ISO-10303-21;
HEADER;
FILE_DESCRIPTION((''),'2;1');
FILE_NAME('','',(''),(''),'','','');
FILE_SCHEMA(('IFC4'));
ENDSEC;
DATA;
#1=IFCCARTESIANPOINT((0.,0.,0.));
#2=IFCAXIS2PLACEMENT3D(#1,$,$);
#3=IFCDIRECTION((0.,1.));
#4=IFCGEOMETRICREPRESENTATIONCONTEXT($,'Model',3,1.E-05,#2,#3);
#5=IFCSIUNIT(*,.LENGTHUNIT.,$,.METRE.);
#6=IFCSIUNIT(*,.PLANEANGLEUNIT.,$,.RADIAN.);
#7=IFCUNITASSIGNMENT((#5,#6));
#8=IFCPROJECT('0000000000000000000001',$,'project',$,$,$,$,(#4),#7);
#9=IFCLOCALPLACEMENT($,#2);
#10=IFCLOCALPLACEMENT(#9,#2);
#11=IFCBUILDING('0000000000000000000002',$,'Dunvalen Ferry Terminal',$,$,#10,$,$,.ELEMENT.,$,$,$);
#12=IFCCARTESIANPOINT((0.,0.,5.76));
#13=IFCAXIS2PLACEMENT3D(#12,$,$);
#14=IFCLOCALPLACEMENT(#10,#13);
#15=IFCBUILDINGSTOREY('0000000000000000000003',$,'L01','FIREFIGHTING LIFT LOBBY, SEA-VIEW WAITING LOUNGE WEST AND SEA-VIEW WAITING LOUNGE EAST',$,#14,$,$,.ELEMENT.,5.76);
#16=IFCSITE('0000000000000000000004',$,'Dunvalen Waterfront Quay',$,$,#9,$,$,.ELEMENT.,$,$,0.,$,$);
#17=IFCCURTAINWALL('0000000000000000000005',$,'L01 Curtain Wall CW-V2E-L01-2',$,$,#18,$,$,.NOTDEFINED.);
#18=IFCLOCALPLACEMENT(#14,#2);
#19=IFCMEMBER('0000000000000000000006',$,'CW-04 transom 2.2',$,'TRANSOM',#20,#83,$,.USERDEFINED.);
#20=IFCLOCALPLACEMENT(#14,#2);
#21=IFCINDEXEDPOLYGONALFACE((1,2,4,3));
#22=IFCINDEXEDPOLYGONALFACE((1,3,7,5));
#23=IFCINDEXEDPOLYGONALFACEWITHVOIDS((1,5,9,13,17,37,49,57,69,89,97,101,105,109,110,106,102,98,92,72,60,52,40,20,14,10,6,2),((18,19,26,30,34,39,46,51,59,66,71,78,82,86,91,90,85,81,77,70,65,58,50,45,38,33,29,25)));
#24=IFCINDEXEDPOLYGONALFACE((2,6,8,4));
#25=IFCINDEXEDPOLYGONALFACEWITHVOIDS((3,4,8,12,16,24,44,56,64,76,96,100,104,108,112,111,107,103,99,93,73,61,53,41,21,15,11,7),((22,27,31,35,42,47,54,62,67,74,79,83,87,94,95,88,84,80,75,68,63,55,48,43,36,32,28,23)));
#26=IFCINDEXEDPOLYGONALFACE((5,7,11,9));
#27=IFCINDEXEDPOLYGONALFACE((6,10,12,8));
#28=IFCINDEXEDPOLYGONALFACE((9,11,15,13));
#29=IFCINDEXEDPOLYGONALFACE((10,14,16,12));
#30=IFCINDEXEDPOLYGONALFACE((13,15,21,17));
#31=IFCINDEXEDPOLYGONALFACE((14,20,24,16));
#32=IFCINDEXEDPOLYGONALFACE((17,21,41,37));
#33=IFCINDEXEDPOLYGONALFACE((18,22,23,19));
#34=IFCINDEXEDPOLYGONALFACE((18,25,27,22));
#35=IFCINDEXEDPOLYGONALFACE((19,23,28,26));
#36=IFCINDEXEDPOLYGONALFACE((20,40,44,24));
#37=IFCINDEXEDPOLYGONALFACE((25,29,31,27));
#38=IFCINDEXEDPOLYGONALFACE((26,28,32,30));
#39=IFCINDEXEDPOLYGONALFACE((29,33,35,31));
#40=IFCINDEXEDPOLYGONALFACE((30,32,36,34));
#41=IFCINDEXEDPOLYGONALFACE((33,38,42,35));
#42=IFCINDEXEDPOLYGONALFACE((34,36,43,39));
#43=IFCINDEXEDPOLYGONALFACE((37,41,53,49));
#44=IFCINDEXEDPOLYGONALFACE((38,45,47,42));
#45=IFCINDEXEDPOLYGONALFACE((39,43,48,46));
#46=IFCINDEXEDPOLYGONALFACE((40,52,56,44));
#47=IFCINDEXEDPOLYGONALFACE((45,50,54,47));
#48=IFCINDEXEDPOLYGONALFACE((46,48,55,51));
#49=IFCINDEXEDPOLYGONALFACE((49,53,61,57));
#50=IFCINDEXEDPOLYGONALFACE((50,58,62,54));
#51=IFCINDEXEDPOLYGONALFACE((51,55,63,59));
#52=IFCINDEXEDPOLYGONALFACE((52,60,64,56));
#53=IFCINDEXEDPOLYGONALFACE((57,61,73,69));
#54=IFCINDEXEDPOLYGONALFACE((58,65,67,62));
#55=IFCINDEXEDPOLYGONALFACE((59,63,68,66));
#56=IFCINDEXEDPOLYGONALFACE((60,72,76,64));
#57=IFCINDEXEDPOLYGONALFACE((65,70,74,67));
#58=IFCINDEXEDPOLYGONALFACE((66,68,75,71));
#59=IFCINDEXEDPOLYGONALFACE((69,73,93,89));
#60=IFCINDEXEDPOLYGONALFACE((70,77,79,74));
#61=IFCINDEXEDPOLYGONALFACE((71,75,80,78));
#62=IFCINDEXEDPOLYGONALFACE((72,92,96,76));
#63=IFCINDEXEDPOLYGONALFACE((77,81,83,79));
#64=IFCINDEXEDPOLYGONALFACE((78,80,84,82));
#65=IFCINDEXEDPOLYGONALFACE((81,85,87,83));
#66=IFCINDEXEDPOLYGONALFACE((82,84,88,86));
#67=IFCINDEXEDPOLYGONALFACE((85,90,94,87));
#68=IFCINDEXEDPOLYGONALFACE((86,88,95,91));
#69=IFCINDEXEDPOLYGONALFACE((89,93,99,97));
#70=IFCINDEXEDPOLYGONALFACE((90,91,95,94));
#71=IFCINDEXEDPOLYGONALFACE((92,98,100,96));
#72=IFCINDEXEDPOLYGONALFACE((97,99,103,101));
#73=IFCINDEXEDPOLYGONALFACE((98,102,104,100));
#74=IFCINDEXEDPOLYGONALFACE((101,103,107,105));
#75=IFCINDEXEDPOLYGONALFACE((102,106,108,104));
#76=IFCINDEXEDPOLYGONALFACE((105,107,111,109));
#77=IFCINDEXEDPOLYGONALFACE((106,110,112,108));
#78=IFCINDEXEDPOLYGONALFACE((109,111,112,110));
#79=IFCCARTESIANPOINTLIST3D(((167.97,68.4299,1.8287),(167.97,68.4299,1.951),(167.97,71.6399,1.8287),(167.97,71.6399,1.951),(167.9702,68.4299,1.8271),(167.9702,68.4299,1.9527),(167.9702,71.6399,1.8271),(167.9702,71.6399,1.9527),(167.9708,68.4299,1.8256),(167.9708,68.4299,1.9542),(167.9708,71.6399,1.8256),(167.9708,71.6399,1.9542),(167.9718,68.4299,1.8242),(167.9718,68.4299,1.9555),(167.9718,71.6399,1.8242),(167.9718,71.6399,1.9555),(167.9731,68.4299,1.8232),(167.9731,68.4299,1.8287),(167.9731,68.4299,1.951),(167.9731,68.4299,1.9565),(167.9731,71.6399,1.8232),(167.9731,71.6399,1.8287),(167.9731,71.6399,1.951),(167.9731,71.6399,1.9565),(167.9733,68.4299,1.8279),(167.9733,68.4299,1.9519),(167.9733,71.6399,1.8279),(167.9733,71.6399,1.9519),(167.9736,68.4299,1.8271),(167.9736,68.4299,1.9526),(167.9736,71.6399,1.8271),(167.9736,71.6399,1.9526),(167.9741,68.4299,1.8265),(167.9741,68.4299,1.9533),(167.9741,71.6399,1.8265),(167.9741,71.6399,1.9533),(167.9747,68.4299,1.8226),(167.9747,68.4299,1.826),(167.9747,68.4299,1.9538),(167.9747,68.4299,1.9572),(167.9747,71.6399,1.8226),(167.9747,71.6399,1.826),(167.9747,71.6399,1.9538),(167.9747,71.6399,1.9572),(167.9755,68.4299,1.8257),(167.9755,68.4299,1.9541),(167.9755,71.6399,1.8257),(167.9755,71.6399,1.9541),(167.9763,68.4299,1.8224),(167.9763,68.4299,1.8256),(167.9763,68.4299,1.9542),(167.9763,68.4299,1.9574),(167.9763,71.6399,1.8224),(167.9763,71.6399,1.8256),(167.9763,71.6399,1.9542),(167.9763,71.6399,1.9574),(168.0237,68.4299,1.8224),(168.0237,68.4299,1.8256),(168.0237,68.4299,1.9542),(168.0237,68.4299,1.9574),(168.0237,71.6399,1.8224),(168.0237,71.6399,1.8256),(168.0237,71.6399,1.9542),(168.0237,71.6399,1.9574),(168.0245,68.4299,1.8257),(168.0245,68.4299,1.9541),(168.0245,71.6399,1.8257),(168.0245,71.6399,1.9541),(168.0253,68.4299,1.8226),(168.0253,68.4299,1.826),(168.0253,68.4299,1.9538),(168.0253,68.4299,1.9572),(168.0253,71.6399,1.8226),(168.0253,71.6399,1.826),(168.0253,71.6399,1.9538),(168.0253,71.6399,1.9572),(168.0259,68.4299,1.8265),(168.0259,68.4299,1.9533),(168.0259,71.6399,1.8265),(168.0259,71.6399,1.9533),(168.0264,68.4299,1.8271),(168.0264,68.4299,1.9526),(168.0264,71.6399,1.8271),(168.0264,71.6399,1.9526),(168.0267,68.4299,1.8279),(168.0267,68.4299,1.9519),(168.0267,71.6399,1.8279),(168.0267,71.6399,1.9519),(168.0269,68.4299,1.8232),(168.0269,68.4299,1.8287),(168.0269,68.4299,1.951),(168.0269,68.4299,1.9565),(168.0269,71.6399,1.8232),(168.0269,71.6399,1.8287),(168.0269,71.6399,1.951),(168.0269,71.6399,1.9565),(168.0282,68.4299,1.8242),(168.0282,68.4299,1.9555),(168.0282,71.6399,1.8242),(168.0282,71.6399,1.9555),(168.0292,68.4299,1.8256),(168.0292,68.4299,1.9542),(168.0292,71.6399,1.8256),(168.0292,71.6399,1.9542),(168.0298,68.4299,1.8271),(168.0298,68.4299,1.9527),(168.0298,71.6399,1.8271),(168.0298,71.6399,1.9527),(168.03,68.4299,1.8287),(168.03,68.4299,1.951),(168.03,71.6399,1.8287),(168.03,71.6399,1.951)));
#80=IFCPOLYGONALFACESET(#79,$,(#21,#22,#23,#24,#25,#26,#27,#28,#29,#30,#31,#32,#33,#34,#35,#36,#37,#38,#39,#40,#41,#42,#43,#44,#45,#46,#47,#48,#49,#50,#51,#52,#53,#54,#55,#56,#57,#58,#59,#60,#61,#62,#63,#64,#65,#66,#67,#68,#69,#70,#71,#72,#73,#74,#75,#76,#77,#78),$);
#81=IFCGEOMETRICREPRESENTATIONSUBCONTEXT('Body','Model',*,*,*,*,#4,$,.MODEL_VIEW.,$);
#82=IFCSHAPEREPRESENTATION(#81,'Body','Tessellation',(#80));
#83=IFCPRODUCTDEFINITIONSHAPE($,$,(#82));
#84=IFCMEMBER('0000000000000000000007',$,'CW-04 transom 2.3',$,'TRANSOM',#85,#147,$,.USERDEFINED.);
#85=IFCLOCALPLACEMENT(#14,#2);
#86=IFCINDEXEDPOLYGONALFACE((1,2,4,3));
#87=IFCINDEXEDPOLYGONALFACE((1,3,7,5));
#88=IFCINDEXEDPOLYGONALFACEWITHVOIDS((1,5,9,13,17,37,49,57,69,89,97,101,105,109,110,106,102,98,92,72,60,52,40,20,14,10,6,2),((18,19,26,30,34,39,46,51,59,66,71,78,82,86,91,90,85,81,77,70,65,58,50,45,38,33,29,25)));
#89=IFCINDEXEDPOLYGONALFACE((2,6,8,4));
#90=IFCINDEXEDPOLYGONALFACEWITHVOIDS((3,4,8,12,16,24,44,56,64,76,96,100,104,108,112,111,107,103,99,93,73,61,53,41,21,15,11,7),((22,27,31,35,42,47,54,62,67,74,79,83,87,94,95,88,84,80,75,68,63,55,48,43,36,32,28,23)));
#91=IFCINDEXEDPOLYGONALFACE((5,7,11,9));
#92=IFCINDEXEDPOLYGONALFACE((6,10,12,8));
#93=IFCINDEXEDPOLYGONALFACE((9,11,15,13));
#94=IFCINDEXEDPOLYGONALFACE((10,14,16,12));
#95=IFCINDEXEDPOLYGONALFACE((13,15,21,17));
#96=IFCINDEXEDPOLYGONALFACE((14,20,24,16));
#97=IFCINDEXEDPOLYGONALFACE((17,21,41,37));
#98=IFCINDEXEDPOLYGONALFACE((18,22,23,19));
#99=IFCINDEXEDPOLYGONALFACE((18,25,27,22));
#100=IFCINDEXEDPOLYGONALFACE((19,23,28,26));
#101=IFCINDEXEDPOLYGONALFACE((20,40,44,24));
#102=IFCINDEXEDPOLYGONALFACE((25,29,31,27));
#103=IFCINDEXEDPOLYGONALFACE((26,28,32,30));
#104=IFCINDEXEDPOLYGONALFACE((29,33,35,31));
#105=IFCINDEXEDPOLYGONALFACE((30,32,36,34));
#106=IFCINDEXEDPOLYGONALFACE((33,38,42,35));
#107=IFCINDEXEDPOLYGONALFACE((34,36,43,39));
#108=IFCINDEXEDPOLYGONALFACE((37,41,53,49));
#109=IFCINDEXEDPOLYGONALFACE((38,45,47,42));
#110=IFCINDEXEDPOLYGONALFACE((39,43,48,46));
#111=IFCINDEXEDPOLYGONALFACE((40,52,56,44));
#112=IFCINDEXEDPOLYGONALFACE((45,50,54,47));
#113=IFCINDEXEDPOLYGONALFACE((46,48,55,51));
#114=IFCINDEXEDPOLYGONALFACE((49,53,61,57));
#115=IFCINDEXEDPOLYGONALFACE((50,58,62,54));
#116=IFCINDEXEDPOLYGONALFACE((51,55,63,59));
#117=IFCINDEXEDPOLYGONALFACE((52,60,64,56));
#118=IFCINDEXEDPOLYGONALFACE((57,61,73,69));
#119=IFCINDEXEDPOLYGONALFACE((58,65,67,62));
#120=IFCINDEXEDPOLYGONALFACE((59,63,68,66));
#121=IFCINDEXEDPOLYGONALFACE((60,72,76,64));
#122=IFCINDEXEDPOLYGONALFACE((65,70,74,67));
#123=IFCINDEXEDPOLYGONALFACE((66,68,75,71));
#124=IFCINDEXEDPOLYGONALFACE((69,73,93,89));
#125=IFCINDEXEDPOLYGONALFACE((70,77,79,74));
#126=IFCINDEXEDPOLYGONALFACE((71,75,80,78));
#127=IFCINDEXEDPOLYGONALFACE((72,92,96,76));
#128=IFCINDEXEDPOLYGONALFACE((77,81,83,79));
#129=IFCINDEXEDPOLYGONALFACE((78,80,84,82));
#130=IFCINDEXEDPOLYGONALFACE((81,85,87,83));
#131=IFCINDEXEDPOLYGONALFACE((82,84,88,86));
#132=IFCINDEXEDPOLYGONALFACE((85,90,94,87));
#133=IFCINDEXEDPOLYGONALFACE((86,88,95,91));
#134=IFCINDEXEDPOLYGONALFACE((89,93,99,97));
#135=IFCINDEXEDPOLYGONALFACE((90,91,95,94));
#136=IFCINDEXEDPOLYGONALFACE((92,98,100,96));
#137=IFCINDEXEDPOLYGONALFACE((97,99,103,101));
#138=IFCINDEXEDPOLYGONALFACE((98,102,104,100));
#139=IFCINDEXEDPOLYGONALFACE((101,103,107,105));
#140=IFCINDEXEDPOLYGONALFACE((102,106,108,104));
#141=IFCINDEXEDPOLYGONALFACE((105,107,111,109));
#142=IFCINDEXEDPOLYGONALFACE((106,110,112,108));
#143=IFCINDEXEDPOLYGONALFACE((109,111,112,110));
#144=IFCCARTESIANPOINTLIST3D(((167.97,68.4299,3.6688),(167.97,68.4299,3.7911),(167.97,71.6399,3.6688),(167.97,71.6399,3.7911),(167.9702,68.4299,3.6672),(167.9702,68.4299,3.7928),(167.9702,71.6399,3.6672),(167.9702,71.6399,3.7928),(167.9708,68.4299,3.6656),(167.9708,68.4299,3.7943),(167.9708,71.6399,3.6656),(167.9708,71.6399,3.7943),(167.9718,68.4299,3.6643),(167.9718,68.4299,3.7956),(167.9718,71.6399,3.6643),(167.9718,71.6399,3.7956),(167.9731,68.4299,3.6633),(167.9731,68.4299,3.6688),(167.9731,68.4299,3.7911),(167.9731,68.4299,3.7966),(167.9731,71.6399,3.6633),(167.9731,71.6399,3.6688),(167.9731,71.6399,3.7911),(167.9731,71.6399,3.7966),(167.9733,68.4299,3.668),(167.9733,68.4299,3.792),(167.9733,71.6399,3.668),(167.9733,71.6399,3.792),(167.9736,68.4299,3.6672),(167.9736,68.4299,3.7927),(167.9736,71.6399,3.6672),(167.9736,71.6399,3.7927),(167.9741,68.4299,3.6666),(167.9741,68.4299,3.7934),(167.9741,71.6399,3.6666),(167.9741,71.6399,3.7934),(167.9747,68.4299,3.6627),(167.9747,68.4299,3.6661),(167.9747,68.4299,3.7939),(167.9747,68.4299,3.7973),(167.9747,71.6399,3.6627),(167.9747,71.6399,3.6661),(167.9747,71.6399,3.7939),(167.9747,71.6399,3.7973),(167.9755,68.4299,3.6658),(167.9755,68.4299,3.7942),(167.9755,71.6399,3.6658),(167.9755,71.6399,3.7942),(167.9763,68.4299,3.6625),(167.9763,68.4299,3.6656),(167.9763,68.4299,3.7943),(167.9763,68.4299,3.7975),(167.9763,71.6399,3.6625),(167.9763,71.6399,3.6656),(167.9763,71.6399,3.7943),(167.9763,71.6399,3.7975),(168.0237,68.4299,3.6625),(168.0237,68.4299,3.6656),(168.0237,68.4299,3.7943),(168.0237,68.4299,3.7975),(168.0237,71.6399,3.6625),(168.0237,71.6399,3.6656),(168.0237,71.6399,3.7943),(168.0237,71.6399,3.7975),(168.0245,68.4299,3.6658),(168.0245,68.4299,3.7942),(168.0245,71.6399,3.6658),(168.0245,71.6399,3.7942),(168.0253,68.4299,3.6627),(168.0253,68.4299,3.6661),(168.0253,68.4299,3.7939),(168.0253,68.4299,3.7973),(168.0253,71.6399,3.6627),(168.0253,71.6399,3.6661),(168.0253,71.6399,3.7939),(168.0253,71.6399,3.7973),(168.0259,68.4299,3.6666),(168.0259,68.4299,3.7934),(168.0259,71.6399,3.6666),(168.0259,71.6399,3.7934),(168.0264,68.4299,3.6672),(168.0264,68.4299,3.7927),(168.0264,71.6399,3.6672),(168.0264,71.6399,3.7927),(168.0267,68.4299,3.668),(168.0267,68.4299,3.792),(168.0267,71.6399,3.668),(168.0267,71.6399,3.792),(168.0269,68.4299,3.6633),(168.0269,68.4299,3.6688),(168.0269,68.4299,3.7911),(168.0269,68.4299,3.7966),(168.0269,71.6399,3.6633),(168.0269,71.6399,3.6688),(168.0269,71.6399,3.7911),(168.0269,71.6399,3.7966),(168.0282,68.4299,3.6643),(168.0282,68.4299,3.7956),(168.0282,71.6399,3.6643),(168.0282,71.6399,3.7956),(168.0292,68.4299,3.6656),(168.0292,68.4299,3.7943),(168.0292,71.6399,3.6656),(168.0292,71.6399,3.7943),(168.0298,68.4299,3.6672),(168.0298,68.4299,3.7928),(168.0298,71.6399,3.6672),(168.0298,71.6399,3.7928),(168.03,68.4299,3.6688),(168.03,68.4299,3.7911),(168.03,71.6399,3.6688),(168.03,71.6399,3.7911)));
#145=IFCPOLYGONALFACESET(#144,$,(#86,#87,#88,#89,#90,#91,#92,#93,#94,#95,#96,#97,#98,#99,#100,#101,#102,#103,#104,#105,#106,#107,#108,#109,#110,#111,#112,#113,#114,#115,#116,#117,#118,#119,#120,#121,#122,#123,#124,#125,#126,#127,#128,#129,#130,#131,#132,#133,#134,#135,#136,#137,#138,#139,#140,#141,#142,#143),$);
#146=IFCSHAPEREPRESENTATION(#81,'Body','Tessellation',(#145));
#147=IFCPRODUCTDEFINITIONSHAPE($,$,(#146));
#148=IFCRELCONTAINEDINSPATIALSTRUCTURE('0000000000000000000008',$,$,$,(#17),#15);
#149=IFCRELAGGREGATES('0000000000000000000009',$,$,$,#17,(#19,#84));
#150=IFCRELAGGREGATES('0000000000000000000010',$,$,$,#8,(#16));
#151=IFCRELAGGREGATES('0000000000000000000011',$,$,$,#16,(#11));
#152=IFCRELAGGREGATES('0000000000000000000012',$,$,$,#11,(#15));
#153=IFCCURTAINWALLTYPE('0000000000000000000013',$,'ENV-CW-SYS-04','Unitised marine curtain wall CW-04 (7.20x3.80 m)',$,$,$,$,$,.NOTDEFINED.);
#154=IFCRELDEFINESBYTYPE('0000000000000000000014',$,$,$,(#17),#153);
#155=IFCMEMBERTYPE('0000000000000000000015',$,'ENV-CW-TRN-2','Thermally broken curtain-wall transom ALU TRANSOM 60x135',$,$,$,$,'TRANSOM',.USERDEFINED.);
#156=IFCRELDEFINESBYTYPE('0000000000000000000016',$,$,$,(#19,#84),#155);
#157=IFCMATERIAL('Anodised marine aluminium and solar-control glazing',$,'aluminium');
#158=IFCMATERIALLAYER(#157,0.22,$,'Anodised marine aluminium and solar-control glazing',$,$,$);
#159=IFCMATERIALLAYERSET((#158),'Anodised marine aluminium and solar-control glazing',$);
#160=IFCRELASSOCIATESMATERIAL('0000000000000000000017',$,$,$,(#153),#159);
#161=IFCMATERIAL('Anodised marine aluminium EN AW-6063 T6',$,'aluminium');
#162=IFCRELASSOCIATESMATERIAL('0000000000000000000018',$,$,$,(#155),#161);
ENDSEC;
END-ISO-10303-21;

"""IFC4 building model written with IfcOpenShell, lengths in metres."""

from ifc_helpers import new_model, si_unit, direction, frame, origin, origin_2d, place, context, subcontext, project, spatial, hollow_rectangle, extrude, material, layer, layer_set, material_profile, profile_set, type_object, element, aggregate, save


model = new_model("IFC4")

# Units and contexts
model_context = context("Model", 3, precision=1e-05, world=origin(), true_north=direction((0.0, 1.0)))
body_context = subcontext(model_context, "Body", "Model", "MODEL_VIEW")
ifc_project = project(units=[si_unit("LENGTHUNIT", "METRE"), si_unit("PLANEANGLEUNIT", "RADIAN")], contexts=[model_context])

# Site, building, storey
site_placement = place(None, origin())
site = spatial("IfcSite", under=ifc_project, at=site_placement, Name="Dunvalen Waterfront Quay", CompositionType="ELEMENT", RefElevation=0.0)
building_placement = place(site_placement, origin())
building = spatial("IfcBuilding", under=site, at=building_placement, Name="Dunvalen Ferry Terminal", CompositionType="ELEMENT")
storey_placement = place(building_placement, frame((0.0, 0.0, 5.76)))
storey = spatial("IfcBuildingStorey", under=building, at=storey_placement, Name="L01", Description="FIREFIGHTING LIFT LOBBY, SEA-VIEW WAITING LOUNGE WEST AND SEA-VIEW WAITING LOUNGE EAST", CompositionType="ELEMENT", Elevation=5.76)

# Curtain wall
ifc_material_1 = material(Name="Anodised marine aluminium and solar-control glazing", Category="aluminium")
ifc_layer_1 = layer(ifc_material_1, 0.22, Name="Anodised marine aluminium and solar-control glazing")
ifc_layer_set_1 = layer_set([ifc_layer_1], Name="Anodised marine aluminium and solar-control glazing")
curtain_wall_type = type_object("IfcCurtainWallType", Name="ENV-CW-SYS-04", Description="Unitised marine curtain wall CW-04 (7.20x3.80 m)", PredefinedType="NOTDEFINED", material=ifc_layer_set_1)
curtain_wall_1_placement = place(storey_placement, origin())
curtain_wall_1 = element("IfcCurtainWall", 1, at=curtain_wall_1_placement, inside=storey, type_object=curtain_wall_type, Name="L01 Curtain Wall CW-V2E-L01-2", PredefinedType="NOTDEFINED")
ifc_material_2 = material(Name="Anodised marine aluminium EN AW-6063 T6", Category="aluminium")

# Members
ifc_material_profile_1 = material_profile(ifc_material_2, hollow_rectangle(XDim=0.0601, YDim=0.135, WallThickness=0.0032, InnerFilletRadius=0.0032, OuterFilletRadius=0.0063, at=origin_2d()), Name="Anodised marine aluminium EN AW-6063 T6")
ifc_profile_set_1 = profile_set([ifc_material_profile_1], Name="Anodised marine aluminium EN AW-6063 T6")
member_type_1 = type_object("IfcMemberType", Name="ENV-CW-TRN-2", Description="Thermally broken curtain-wall transom ALU TRANSOM 60x135", ElementType="TRANSOM", PredefinedType="USERDEFINED", material=ifc_profile_set_1)
member_1_placement = place(storey_placement, frame((168.0, 68.4299, 1.8899), z_axis=(0.0, 1.0, 0.0), x_axis=(-1.0, 0.0, 0.0)))
member_1 = element("IfcMember", 2, at=member_1_placement, type_object=member_type_1, Name="CW-04 transom 2.2", ObjectType="TRANSOM", PredefinedType="USERDEFINED", context=body_context, shape_type="SweptSolid", body=[
    extrude(hollow_rectangle(XDim=0.0601, YDim=0.135, WallThickness=0.0032, InnerFilletRadius=0.0032, OuterFilletRadius=0.0063, at=origin_2d()), origin(), (0.0, 0.0, 1.0), 3.21),
])
member_2_placement = place(storey_placement, frame((168.0, 68.4299, 3.73), z_axis=(0.0, 1.0, 0.0), x_axis=(-1.0, 0.0, 0.0)))
member_2 = element("IfcMember", 3, at=member_2_placement, type_object=member_type_1, Name="CW-04 transom 2.3", ObjectType="TRANSOM", PredefinedType="USERDEFINED", context=body_context, shape_type="SweptSolid", body=[
    extrude(hollow_rectangle(XDim=0.0601, YDim=0.135, WallThickness=0.0032, InnerFilletRadius=0.0032, OuterFilletRadius=0.0063, at=origin_2d()), origin(), (0.0, 0.0, 1.0), 3.21),
])

aggregate(curtain_wall_1, [member_1, member_2])

save(model, "model.ifc")
